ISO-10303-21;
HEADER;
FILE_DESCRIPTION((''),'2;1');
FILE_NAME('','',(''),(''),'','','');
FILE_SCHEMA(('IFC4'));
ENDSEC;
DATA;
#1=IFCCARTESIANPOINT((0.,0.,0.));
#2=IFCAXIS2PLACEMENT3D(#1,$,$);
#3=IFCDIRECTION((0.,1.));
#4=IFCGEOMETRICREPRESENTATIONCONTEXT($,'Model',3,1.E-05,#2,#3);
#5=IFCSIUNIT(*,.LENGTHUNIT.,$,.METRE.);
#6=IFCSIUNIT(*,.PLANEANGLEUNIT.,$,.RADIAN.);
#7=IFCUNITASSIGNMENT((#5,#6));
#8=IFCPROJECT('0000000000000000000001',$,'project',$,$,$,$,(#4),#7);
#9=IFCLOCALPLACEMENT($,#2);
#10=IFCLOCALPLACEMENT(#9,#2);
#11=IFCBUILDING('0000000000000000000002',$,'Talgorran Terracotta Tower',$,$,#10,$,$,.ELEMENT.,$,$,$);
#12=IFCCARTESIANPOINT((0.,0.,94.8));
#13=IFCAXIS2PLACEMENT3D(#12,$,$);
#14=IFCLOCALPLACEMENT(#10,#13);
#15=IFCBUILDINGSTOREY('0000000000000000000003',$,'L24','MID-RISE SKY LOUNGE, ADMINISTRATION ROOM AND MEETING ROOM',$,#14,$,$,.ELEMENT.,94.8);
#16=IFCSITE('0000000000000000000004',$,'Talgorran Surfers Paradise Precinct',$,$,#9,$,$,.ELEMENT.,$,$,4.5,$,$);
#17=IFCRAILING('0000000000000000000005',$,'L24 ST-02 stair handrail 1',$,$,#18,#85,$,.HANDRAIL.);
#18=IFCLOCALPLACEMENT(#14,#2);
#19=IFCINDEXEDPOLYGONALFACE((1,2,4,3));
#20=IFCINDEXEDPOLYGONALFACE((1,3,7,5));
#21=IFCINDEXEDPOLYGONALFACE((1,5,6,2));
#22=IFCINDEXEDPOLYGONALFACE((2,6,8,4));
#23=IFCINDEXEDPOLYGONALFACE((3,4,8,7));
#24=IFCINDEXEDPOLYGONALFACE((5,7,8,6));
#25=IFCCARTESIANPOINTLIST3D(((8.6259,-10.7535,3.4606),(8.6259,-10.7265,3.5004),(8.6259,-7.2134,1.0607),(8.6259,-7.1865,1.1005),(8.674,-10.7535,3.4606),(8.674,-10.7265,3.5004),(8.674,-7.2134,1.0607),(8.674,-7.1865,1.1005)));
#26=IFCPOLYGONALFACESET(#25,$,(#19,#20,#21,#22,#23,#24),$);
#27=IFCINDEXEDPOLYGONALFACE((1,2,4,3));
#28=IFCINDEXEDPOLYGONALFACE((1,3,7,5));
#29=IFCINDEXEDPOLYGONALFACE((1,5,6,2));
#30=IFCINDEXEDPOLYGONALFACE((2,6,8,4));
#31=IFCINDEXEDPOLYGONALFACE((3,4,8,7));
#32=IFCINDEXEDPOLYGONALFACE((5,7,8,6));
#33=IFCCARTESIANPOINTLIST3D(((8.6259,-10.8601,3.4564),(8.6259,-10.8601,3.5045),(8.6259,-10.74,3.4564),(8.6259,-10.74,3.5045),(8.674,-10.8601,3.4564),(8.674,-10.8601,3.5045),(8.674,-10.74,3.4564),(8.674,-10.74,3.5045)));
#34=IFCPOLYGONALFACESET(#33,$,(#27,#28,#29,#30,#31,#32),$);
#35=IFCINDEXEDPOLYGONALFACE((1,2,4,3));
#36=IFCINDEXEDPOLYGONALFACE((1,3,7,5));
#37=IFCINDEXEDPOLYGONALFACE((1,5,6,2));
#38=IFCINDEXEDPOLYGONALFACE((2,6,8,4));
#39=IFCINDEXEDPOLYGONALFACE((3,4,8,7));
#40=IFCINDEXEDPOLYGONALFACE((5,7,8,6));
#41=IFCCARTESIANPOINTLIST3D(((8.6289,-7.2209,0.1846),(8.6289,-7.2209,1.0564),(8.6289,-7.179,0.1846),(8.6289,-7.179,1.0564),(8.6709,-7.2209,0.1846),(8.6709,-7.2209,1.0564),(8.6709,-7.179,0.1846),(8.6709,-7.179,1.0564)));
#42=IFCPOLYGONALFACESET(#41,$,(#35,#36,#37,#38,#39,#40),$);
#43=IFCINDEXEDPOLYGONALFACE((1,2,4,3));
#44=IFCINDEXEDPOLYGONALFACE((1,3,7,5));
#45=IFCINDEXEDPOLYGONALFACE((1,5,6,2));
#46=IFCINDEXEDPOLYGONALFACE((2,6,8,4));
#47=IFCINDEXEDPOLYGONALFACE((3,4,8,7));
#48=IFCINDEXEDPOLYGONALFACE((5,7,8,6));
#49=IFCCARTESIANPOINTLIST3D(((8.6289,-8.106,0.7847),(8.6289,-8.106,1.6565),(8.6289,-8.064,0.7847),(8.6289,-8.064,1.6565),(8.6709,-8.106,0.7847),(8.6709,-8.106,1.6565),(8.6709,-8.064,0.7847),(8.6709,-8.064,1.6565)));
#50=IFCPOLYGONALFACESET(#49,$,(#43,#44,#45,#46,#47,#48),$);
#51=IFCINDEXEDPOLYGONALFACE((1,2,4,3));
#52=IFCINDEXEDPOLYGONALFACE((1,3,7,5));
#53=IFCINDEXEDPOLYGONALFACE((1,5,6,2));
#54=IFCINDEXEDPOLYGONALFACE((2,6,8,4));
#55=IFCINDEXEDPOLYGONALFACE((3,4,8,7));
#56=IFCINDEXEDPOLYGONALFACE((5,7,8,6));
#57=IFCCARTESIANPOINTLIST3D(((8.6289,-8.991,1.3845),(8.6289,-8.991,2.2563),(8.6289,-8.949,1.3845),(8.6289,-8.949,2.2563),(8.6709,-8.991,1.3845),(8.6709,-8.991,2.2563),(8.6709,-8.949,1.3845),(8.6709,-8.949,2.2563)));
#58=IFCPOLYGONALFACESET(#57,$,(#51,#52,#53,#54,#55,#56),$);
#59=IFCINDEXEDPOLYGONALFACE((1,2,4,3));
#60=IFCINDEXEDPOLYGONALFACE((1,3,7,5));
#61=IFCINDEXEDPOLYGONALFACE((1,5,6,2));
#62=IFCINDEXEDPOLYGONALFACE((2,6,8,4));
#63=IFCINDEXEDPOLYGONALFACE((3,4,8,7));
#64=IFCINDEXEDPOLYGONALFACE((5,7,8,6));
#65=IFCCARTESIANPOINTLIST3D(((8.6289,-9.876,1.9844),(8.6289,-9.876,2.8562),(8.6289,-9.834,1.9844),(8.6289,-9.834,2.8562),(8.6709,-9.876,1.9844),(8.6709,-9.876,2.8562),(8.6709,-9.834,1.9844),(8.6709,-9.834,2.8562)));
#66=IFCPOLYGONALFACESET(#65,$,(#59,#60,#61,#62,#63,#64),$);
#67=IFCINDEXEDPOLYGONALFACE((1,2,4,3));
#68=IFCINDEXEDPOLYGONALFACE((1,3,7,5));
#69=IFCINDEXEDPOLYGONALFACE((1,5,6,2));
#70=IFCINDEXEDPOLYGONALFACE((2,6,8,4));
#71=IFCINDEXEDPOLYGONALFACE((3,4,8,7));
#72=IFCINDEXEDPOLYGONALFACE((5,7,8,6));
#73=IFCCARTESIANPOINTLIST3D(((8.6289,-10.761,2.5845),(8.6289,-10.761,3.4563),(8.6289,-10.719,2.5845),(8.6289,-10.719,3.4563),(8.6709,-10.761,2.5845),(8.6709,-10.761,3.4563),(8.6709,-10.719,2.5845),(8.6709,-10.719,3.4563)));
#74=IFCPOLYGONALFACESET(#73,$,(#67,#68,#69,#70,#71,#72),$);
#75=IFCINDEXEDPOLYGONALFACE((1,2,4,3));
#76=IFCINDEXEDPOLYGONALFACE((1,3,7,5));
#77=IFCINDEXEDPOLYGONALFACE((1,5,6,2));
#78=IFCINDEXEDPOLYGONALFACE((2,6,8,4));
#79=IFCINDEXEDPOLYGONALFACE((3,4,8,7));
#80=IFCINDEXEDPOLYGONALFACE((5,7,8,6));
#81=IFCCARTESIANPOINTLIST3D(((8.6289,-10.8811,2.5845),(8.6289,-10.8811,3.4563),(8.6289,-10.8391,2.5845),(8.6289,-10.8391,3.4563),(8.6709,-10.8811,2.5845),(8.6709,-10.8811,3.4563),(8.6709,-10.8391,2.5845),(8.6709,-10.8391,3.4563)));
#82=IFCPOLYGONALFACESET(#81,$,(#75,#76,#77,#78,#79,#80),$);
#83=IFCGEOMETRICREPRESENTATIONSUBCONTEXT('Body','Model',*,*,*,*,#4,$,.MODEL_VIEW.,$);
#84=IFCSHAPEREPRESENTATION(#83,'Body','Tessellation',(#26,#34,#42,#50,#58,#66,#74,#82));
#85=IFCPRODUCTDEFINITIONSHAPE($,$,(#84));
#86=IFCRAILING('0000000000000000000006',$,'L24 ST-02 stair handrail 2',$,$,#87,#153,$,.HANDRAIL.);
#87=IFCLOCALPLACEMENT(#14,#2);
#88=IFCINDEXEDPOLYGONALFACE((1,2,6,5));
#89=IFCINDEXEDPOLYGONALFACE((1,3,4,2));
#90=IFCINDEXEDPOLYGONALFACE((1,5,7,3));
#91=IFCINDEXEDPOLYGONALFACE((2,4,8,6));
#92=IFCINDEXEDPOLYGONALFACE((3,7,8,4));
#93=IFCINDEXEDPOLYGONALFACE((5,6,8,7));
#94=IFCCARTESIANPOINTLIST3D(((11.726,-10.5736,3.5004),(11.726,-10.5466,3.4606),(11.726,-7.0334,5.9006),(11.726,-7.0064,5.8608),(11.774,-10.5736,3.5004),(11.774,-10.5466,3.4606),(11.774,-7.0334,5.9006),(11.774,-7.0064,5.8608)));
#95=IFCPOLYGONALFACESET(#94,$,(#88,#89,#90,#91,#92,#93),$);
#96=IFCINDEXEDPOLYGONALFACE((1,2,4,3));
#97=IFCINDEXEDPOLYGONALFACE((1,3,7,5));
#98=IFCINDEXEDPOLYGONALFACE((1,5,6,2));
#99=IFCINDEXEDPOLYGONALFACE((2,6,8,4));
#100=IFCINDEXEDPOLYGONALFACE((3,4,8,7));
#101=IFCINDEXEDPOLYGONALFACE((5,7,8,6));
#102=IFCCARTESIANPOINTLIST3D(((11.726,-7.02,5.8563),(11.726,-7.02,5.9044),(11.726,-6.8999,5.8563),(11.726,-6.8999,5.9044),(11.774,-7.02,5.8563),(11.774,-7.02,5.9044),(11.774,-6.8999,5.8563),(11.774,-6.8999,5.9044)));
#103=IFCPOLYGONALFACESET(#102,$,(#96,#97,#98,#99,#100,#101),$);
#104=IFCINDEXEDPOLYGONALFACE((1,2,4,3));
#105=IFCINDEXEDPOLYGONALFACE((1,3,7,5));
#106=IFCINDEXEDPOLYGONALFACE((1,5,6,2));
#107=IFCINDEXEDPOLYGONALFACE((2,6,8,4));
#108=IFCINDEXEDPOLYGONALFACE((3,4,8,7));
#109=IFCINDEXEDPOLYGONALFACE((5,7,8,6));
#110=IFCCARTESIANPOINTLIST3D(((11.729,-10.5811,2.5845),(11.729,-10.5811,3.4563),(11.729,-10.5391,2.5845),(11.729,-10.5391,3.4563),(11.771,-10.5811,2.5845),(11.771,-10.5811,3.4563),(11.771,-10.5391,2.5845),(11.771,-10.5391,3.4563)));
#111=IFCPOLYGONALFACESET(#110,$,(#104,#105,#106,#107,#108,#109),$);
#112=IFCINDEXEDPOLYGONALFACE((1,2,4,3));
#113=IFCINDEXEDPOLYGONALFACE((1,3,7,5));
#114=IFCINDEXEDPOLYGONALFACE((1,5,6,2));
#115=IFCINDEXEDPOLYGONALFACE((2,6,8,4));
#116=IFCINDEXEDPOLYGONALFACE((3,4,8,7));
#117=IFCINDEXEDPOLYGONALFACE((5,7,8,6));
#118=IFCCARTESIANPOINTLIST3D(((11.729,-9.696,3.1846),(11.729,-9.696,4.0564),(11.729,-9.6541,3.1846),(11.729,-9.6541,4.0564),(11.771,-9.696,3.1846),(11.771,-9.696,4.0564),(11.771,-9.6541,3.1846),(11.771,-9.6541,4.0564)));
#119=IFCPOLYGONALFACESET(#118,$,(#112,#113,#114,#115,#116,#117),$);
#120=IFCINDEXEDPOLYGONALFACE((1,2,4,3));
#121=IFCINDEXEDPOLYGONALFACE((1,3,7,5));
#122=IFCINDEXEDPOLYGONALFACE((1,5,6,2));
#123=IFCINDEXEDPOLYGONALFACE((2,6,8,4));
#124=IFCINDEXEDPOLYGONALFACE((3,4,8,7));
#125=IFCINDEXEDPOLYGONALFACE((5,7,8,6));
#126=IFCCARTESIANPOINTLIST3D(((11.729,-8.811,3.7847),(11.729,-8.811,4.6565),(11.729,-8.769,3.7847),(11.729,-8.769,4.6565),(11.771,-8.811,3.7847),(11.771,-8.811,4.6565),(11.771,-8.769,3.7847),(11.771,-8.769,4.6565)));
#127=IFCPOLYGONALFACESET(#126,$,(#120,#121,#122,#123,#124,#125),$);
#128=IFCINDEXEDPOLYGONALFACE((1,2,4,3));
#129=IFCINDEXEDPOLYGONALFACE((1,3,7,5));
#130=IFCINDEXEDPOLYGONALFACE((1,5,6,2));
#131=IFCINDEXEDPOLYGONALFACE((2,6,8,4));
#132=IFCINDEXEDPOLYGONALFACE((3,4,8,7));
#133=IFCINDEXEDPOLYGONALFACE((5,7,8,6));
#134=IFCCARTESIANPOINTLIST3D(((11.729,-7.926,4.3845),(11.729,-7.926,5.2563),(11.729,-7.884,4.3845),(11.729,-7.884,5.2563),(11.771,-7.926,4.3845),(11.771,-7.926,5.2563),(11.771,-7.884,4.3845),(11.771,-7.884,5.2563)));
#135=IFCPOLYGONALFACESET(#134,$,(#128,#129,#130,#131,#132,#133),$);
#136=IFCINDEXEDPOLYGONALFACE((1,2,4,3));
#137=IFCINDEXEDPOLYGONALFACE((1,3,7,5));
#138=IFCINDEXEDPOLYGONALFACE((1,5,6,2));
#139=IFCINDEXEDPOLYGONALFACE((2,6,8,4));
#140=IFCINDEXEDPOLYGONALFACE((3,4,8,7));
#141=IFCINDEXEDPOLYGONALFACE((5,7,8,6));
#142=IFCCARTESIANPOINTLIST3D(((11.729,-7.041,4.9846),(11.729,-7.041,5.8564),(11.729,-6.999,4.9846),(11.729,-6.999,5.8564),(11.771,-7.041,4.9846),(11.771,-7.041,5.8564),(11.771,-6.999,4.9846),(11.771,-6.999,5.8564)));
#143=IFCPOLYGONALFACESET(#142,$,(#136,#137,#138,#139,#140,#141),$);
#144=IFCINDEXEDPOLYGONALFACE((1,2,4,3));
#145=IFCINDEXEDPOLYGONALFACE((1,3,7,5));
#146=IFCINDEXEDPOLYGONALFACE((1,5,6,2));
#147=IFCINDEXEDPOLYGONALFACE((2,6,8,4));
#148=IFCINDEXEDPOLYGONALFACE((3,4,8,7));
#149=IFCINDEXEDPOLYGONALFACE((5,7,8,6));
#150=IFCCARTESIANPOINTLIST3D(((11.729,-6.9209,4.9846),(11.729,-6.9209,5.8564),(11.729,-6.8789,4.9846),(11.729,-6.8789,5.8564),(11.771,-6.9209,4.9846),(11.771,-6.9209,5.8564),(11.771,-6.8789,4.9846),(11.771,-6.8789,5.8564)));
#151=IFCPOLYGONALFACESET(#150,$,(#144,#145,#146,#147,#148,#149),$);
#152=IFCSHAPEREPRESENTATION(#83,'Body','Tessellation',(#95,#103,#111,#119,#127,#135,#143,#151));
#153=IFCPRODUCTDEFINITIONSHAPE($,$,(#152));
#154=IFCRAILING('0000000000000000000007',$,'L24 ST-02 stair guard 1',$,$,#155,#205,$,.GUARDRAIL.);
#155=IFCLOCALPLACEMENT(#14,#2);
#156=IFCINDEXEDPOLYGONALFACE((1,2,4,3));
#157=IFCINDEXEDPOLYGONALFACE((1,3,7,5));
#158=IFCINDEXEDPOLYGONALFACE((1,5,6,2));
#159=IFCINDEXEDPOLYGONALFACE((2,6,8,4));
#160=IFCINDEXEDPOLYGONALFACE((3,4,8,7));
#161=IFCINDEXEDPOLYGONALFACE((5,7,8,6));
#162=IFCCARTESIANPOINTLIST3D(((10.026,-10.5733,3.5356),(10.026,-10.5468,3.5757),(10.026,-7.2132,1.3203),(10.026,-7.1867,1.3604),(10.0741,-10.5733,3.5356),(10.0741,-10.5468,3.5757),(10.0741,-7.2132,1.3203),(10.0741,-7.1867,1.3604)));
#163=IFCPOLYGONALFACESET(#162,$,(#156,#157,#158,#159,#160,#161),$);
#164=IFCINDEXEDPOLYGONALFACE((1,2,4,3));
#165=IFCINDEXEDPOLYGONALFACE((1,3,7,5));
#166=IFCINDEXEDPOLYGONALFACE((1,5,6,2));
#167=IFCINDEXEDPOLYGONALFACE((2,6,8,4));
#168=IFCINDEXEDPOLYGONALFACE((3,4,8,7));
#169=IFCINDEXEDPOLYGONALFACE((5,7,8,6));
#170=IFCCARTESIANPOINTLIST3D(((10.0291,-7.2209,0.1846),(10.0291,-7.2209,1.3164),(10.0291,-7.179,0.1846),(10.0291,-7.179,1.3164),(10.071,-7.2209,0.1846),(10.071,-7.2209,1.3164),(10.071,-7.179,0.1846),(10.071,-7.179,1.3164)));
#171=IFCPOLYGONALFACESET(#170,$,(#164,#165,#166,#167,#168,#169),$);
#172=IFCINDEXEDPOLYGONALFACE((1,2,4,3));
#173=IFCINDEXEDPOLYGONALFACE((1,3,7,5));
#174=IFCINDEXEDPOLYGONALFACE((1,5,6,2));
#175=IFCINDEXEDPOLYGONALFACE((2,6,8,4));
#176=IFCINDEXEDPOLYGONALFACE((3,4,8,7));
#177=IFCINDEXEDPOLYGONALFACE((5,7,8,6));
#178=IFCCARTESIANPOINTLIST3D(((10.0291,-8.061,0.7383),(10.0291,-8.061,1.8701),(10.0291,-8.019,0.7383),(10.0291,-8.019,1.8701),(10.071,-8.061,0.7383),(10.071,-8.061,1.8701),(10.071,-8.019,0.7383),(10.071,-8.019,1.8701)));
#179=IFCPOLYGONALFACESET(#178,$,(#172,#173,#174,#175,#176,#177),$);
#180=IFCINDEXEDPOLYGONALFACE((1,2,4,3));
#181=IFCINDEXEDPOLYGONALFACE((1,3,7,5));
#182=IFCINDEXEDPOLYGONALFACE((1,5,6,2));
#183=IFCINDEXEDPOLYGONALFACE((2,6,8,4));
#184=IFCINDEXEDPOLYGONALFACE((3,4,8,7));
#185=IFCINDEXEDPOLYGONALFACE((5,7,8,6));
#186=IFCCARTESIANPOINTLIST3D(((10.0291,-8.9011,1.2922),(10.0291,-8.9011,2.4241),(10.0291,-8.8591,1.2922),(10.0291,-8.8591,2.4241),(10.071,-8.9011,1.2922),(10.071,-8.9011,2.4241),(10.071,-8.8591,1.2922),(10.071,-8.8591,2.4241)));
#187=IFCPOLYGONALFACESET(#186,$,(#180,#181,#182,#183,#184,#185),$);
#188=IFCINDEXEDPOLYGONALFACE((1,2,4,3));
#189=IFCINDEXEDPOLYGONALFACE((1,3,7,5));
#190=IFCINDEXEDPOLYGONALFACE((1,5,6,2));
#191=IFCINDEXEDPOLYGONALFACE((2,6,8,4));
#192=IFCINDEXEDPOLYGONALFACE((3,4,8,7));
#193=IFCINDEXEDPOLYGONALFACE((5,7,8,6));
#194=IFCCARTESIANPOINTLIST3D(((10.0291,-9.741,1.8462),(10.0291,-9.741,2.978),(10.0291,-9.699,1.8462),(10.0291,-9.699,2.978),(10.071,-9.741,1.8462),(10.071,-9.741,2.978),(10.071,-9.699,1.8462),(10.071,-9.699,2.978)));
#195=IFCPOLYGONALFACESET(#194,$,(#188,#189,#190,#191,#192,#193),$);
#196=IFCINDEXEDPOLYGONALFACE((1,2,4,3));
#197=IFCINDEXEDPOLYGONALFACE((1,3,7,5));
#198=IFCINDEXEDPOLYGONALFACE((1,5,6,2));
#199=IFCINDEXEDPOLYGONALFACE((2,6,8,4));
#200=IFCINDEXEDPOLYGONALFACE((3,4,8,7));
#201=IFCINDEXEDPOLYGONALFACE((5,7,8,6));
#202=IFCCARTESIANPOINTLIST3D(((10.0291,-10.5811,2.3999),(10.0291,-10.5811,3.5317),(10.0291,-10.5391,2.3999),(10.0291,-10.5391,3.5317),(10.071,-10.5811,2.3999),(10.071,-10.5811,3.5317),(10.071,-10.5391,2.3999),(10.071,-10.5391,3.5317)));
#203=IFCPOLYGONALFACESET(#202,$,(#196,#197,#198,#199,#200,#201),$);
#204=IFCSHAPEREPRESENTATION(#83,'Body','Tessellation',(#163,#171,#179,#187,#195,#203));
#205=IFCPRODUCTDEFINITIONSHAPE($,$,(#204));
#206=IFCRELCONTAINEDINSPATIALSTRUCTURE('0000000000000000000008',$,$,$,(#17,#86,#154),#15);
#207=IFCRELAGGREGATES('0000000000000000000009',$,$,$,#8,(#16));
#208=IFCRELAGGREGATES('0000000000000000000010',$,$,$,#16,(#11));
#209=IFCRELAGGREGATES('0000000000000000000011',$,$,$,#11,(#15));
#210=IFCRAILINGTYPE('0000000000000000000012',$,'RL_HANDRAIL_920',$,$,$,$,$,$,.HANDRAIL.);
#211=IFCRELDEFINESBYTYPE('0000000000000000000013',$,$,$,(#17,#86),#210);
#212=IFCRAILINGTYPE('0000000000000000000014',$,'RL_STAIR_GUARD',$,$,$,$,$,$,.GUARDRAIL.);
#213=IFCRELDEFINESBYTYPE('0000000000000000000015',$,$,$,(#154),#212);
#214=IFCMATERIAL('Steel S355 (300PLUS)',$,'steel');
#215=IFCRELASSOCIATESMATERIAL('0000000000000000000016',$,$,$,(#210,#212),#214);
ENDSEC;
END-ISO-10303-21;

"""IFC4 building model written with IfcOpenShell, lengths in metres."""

from ifc_helpers import new_model, si_unit, direction, frame, origin, origin_2d, place, context, subcontext, project, spatial, rectangle, extrude, material, type_object, element, save


model = new_model("IFC4")

# Units and contexts
model_context = context("Model", 3, precision=1e-05, world=origin(), true_north=direction((0.0, 1.0)))
body_context = subcontext(model_context, "Body", "Model", "MODEL_VIEW")
ifc_project = project(units=[si_unit("LENGTHUNIT", "METRE"), si_unit("PLANEANGLEUNIT", "RADIAN")], contexts=[model_context])

# Site, building, storey
site_placement = place(None, origin())
site = spatial("IfcSite", under=ifc_project, at=site_placement, Name="Talgorran Surfers Paradise Precinct", CompositionType="ELEMENT", RefElevation=4.5)
building_placement = place(site_placement, origin())
building = spatial("IfcBuilding", under=site, at=building_placement, Name="Talgorran Terracotta Tower", CompositionType="ELEMENT")
storey_placement = place(building_placement, frame((0.0, 0.0, 94.8)))
storey = spatial("IfcBuildingStorey", under=building, at=storey_placement, Name="L24", Description="MID-RISE SKY LOUNGE, ADMINISTRATION ROOM AND MEETING ROOM", CompositionType="ELEMENT", Elevation=94.8)

# Shared definitions
ifc_material_1 = material(Name="Steel S355 (300PLUS)", Category="steel")

# Railings
railing_type_1 = type_object("IfcRailingType", Name="RL_HANDRAIL_920", PredefinedType="HANDRAIL", material=ifc_material_1)
railing_1_placement = place(storey_placement, frame((8.6499, -7.2, 0.1846)))
element("IfcRailing", 1, at=railing_1_placement, inside=storey, type_object=railing_type_1, Name="L24 ST-02 stair handrail 1", PredefinedType="HANDRAIL", context=body_context, shape_type="SweptSolid", body=[
    extrude(rectangle(XDim=0.0481, YDim=0.0481, at=origin_2d()), frame((0.0, 0.0, 0.896), z_axis=(0.0, -0.827722, 0.561138), x_axis=(1.0, 0.0, 0.0)), (0.0, 0.0, 1.0), 4.2769),
    extrude(rectangle(XDim=0.0481, YDim=0.0481, at=origin_2d()), frame((0.0, -3.54, 3.2959), z_axis=(0.0, -1.0, 0.0), x_axis=(1.0, 0.0, 0.0)), (0.0, 0.0, 1.0), 0.1201),
    extrude(rectangle(XDim=0.042, YDim=0.042, at=origin_2d()), origin(), (0.0, 0.0, 1.0), 0.8718),
    extrude(rectangle(XDim=0.042, YDim=0.042, at=origin_2d()), frame((0.0, -0.885, 0.6001)), (0.0, 0.0, 1.0), 0.8718),
    extrude(rectangle(XDim=0.042, YDim=0.042, at=origin_2d()), frame((0.0, -1.77, 1.2)), (0.0, 0.0, 1.0), 0.8718),
    extrude(rectangle(XDim=0.042, YDim=0.042, at=origin_2d()), frame((0.0, -2.655, 1.7998)), (0.0, 0.0, 1.0), 0.8718),
    extrude(rectangle(XDim=0.042, YDim=0.042, at=origin_2d()), frame((0.0, -3.54, 2.3999)), (0.0, 0.0, 1.0), 0.8718),
    extrude(rectangle(XDim=0.042, YDim=0.042, at=origin_2d()), frame((0.0, -3.6602, 2.3999)), (0.0, 0.0, 1.0), 0.8718),
])
railing_2_placement = place(storey_placement, frame((11.75, -10.5601, 2.5845)))
element("IfcRailing", 2, at=railing_2_placement, inside=storey, type_object=railing_type_1, Name="L24 ST-02 stair handrail 2", PredefinedType="HANDRAIL", context=body_context, shape_type="SweptSolid", body=[
    extrude(rectangle(XDim=0.0481, YDim=0.0481, at=origin_2d()), frame((0.0, 0.0, 0.896), z_axis=(0.0, 0.827695, 0.561178), x_axis=(-1.0, 0.0, 0.0)), (0.0, 0.0, 1.0), 4.2771),
    extrude(rectangle(XDim=0.0481, YDim=0.0481, at=origin_2d()), frame((0.0, 3.54, 3.2959), z_axis=(0.0, 1.0, 0.0), x_axis=(-1.0, 0.0, 0.0)), (0.0, 0.0, 1.0), 0.1201),
    extrude(rectangle(XDim=0.042, YDim=0.042, at=origin_2d()), origin(), (0.0, 0.0, 1.0), 0.8718),
    extrude(rectangle(XDim=0.042, YDim=0.042, at=origin_2d()), frame((0.0, 0.885, 0.6001)), (0.0, 0.0, 1.0), 0.8718),
    extrude(rectangle(XDim=0.042, YDim=0.042, at=origin_2d()), frame((0.0, 1.77, 1.2002)), (0.0, 0.0, 1.0), 0.8718),
    extrude(rectangle(XDim=0.042, YDim=0.042, at=origin_2d()), frame((0.0, 2.655, 1.8)), (0.0, 0.0, 1.0), 0.8718),
    extrude(rectangle(XDim=0.042, YDim=0.042, at=origin_2d()), frame((0.0, 3.54, 2.4001)), (0.0, 0.0, 1.0), 0.8718),
    extrude(rectangle(XDim=0.042, YDim=0.042, at=origin_2d()), frame((0.0, 3.6602, 2.4001)), (0.0, 0.0, 1.0), 0.8718),
])
railing_type_2 = type_object("IfcRailingType", Name="RL_STAIR_GUARD", PredefinedType="GUARDRAIL", material=ifc_material_1)
railing_3_placement = place(storey_placement, frame((10.05, -7.2, 0.1846)))
element("IfcRailing", 3, at=railing_3_placement, inside=storey, type_object=railing_type_2, Name="L24 ST-02 stair guard 1", PredefinedType="GUARDRAIL", context=body_context, shape_type="SweptSolid", body=[
    extrude(rectangle(XDim=0.0481, YDim=0.0481, at=origin_2d()), frame((0.0, 0.0, 1.1558), z_axis=(0.0, -0.834876, 0.550437), x_axis=(1.0, 0.0, 0.0)), (0.0, 0.0, 1.0), 4.0247),
    extrude(rectangle(XDim=0.042, YDim=0.042, at=origin_2d()), origin(), (0.0, 0.0, 1.0), 1.1318),
    extrude(rectangle(XDim=0.042, YDim=0.042, at=origin_2d()), frame((0.0, -0.8401, 0.5537)), (0.0, 0.0, 1.0), 1.1318),
    extrude(rectangle(XDim=0.042, YDim=0.042, at=origin_2d()), frame((0.0, -1.6802, 1.1077)), (0.0, 0.0, 1.0), 1.1318),
    extrude(rectangle(XDim=0.042, YDim=0.042, at=origin_2d()), frame((0.0, -2.52, 1.6616)), (0.0, 0.0, 1.0), 1.1318),
    extrude(rectangle(XDim=0.042, YDim=0.042, at=origin_2d()), frame((0.0, -3.3601, 2.2153)), (0.0, 0.0, 1.0), 1.1318),
])

save(model, "model.ifc")
